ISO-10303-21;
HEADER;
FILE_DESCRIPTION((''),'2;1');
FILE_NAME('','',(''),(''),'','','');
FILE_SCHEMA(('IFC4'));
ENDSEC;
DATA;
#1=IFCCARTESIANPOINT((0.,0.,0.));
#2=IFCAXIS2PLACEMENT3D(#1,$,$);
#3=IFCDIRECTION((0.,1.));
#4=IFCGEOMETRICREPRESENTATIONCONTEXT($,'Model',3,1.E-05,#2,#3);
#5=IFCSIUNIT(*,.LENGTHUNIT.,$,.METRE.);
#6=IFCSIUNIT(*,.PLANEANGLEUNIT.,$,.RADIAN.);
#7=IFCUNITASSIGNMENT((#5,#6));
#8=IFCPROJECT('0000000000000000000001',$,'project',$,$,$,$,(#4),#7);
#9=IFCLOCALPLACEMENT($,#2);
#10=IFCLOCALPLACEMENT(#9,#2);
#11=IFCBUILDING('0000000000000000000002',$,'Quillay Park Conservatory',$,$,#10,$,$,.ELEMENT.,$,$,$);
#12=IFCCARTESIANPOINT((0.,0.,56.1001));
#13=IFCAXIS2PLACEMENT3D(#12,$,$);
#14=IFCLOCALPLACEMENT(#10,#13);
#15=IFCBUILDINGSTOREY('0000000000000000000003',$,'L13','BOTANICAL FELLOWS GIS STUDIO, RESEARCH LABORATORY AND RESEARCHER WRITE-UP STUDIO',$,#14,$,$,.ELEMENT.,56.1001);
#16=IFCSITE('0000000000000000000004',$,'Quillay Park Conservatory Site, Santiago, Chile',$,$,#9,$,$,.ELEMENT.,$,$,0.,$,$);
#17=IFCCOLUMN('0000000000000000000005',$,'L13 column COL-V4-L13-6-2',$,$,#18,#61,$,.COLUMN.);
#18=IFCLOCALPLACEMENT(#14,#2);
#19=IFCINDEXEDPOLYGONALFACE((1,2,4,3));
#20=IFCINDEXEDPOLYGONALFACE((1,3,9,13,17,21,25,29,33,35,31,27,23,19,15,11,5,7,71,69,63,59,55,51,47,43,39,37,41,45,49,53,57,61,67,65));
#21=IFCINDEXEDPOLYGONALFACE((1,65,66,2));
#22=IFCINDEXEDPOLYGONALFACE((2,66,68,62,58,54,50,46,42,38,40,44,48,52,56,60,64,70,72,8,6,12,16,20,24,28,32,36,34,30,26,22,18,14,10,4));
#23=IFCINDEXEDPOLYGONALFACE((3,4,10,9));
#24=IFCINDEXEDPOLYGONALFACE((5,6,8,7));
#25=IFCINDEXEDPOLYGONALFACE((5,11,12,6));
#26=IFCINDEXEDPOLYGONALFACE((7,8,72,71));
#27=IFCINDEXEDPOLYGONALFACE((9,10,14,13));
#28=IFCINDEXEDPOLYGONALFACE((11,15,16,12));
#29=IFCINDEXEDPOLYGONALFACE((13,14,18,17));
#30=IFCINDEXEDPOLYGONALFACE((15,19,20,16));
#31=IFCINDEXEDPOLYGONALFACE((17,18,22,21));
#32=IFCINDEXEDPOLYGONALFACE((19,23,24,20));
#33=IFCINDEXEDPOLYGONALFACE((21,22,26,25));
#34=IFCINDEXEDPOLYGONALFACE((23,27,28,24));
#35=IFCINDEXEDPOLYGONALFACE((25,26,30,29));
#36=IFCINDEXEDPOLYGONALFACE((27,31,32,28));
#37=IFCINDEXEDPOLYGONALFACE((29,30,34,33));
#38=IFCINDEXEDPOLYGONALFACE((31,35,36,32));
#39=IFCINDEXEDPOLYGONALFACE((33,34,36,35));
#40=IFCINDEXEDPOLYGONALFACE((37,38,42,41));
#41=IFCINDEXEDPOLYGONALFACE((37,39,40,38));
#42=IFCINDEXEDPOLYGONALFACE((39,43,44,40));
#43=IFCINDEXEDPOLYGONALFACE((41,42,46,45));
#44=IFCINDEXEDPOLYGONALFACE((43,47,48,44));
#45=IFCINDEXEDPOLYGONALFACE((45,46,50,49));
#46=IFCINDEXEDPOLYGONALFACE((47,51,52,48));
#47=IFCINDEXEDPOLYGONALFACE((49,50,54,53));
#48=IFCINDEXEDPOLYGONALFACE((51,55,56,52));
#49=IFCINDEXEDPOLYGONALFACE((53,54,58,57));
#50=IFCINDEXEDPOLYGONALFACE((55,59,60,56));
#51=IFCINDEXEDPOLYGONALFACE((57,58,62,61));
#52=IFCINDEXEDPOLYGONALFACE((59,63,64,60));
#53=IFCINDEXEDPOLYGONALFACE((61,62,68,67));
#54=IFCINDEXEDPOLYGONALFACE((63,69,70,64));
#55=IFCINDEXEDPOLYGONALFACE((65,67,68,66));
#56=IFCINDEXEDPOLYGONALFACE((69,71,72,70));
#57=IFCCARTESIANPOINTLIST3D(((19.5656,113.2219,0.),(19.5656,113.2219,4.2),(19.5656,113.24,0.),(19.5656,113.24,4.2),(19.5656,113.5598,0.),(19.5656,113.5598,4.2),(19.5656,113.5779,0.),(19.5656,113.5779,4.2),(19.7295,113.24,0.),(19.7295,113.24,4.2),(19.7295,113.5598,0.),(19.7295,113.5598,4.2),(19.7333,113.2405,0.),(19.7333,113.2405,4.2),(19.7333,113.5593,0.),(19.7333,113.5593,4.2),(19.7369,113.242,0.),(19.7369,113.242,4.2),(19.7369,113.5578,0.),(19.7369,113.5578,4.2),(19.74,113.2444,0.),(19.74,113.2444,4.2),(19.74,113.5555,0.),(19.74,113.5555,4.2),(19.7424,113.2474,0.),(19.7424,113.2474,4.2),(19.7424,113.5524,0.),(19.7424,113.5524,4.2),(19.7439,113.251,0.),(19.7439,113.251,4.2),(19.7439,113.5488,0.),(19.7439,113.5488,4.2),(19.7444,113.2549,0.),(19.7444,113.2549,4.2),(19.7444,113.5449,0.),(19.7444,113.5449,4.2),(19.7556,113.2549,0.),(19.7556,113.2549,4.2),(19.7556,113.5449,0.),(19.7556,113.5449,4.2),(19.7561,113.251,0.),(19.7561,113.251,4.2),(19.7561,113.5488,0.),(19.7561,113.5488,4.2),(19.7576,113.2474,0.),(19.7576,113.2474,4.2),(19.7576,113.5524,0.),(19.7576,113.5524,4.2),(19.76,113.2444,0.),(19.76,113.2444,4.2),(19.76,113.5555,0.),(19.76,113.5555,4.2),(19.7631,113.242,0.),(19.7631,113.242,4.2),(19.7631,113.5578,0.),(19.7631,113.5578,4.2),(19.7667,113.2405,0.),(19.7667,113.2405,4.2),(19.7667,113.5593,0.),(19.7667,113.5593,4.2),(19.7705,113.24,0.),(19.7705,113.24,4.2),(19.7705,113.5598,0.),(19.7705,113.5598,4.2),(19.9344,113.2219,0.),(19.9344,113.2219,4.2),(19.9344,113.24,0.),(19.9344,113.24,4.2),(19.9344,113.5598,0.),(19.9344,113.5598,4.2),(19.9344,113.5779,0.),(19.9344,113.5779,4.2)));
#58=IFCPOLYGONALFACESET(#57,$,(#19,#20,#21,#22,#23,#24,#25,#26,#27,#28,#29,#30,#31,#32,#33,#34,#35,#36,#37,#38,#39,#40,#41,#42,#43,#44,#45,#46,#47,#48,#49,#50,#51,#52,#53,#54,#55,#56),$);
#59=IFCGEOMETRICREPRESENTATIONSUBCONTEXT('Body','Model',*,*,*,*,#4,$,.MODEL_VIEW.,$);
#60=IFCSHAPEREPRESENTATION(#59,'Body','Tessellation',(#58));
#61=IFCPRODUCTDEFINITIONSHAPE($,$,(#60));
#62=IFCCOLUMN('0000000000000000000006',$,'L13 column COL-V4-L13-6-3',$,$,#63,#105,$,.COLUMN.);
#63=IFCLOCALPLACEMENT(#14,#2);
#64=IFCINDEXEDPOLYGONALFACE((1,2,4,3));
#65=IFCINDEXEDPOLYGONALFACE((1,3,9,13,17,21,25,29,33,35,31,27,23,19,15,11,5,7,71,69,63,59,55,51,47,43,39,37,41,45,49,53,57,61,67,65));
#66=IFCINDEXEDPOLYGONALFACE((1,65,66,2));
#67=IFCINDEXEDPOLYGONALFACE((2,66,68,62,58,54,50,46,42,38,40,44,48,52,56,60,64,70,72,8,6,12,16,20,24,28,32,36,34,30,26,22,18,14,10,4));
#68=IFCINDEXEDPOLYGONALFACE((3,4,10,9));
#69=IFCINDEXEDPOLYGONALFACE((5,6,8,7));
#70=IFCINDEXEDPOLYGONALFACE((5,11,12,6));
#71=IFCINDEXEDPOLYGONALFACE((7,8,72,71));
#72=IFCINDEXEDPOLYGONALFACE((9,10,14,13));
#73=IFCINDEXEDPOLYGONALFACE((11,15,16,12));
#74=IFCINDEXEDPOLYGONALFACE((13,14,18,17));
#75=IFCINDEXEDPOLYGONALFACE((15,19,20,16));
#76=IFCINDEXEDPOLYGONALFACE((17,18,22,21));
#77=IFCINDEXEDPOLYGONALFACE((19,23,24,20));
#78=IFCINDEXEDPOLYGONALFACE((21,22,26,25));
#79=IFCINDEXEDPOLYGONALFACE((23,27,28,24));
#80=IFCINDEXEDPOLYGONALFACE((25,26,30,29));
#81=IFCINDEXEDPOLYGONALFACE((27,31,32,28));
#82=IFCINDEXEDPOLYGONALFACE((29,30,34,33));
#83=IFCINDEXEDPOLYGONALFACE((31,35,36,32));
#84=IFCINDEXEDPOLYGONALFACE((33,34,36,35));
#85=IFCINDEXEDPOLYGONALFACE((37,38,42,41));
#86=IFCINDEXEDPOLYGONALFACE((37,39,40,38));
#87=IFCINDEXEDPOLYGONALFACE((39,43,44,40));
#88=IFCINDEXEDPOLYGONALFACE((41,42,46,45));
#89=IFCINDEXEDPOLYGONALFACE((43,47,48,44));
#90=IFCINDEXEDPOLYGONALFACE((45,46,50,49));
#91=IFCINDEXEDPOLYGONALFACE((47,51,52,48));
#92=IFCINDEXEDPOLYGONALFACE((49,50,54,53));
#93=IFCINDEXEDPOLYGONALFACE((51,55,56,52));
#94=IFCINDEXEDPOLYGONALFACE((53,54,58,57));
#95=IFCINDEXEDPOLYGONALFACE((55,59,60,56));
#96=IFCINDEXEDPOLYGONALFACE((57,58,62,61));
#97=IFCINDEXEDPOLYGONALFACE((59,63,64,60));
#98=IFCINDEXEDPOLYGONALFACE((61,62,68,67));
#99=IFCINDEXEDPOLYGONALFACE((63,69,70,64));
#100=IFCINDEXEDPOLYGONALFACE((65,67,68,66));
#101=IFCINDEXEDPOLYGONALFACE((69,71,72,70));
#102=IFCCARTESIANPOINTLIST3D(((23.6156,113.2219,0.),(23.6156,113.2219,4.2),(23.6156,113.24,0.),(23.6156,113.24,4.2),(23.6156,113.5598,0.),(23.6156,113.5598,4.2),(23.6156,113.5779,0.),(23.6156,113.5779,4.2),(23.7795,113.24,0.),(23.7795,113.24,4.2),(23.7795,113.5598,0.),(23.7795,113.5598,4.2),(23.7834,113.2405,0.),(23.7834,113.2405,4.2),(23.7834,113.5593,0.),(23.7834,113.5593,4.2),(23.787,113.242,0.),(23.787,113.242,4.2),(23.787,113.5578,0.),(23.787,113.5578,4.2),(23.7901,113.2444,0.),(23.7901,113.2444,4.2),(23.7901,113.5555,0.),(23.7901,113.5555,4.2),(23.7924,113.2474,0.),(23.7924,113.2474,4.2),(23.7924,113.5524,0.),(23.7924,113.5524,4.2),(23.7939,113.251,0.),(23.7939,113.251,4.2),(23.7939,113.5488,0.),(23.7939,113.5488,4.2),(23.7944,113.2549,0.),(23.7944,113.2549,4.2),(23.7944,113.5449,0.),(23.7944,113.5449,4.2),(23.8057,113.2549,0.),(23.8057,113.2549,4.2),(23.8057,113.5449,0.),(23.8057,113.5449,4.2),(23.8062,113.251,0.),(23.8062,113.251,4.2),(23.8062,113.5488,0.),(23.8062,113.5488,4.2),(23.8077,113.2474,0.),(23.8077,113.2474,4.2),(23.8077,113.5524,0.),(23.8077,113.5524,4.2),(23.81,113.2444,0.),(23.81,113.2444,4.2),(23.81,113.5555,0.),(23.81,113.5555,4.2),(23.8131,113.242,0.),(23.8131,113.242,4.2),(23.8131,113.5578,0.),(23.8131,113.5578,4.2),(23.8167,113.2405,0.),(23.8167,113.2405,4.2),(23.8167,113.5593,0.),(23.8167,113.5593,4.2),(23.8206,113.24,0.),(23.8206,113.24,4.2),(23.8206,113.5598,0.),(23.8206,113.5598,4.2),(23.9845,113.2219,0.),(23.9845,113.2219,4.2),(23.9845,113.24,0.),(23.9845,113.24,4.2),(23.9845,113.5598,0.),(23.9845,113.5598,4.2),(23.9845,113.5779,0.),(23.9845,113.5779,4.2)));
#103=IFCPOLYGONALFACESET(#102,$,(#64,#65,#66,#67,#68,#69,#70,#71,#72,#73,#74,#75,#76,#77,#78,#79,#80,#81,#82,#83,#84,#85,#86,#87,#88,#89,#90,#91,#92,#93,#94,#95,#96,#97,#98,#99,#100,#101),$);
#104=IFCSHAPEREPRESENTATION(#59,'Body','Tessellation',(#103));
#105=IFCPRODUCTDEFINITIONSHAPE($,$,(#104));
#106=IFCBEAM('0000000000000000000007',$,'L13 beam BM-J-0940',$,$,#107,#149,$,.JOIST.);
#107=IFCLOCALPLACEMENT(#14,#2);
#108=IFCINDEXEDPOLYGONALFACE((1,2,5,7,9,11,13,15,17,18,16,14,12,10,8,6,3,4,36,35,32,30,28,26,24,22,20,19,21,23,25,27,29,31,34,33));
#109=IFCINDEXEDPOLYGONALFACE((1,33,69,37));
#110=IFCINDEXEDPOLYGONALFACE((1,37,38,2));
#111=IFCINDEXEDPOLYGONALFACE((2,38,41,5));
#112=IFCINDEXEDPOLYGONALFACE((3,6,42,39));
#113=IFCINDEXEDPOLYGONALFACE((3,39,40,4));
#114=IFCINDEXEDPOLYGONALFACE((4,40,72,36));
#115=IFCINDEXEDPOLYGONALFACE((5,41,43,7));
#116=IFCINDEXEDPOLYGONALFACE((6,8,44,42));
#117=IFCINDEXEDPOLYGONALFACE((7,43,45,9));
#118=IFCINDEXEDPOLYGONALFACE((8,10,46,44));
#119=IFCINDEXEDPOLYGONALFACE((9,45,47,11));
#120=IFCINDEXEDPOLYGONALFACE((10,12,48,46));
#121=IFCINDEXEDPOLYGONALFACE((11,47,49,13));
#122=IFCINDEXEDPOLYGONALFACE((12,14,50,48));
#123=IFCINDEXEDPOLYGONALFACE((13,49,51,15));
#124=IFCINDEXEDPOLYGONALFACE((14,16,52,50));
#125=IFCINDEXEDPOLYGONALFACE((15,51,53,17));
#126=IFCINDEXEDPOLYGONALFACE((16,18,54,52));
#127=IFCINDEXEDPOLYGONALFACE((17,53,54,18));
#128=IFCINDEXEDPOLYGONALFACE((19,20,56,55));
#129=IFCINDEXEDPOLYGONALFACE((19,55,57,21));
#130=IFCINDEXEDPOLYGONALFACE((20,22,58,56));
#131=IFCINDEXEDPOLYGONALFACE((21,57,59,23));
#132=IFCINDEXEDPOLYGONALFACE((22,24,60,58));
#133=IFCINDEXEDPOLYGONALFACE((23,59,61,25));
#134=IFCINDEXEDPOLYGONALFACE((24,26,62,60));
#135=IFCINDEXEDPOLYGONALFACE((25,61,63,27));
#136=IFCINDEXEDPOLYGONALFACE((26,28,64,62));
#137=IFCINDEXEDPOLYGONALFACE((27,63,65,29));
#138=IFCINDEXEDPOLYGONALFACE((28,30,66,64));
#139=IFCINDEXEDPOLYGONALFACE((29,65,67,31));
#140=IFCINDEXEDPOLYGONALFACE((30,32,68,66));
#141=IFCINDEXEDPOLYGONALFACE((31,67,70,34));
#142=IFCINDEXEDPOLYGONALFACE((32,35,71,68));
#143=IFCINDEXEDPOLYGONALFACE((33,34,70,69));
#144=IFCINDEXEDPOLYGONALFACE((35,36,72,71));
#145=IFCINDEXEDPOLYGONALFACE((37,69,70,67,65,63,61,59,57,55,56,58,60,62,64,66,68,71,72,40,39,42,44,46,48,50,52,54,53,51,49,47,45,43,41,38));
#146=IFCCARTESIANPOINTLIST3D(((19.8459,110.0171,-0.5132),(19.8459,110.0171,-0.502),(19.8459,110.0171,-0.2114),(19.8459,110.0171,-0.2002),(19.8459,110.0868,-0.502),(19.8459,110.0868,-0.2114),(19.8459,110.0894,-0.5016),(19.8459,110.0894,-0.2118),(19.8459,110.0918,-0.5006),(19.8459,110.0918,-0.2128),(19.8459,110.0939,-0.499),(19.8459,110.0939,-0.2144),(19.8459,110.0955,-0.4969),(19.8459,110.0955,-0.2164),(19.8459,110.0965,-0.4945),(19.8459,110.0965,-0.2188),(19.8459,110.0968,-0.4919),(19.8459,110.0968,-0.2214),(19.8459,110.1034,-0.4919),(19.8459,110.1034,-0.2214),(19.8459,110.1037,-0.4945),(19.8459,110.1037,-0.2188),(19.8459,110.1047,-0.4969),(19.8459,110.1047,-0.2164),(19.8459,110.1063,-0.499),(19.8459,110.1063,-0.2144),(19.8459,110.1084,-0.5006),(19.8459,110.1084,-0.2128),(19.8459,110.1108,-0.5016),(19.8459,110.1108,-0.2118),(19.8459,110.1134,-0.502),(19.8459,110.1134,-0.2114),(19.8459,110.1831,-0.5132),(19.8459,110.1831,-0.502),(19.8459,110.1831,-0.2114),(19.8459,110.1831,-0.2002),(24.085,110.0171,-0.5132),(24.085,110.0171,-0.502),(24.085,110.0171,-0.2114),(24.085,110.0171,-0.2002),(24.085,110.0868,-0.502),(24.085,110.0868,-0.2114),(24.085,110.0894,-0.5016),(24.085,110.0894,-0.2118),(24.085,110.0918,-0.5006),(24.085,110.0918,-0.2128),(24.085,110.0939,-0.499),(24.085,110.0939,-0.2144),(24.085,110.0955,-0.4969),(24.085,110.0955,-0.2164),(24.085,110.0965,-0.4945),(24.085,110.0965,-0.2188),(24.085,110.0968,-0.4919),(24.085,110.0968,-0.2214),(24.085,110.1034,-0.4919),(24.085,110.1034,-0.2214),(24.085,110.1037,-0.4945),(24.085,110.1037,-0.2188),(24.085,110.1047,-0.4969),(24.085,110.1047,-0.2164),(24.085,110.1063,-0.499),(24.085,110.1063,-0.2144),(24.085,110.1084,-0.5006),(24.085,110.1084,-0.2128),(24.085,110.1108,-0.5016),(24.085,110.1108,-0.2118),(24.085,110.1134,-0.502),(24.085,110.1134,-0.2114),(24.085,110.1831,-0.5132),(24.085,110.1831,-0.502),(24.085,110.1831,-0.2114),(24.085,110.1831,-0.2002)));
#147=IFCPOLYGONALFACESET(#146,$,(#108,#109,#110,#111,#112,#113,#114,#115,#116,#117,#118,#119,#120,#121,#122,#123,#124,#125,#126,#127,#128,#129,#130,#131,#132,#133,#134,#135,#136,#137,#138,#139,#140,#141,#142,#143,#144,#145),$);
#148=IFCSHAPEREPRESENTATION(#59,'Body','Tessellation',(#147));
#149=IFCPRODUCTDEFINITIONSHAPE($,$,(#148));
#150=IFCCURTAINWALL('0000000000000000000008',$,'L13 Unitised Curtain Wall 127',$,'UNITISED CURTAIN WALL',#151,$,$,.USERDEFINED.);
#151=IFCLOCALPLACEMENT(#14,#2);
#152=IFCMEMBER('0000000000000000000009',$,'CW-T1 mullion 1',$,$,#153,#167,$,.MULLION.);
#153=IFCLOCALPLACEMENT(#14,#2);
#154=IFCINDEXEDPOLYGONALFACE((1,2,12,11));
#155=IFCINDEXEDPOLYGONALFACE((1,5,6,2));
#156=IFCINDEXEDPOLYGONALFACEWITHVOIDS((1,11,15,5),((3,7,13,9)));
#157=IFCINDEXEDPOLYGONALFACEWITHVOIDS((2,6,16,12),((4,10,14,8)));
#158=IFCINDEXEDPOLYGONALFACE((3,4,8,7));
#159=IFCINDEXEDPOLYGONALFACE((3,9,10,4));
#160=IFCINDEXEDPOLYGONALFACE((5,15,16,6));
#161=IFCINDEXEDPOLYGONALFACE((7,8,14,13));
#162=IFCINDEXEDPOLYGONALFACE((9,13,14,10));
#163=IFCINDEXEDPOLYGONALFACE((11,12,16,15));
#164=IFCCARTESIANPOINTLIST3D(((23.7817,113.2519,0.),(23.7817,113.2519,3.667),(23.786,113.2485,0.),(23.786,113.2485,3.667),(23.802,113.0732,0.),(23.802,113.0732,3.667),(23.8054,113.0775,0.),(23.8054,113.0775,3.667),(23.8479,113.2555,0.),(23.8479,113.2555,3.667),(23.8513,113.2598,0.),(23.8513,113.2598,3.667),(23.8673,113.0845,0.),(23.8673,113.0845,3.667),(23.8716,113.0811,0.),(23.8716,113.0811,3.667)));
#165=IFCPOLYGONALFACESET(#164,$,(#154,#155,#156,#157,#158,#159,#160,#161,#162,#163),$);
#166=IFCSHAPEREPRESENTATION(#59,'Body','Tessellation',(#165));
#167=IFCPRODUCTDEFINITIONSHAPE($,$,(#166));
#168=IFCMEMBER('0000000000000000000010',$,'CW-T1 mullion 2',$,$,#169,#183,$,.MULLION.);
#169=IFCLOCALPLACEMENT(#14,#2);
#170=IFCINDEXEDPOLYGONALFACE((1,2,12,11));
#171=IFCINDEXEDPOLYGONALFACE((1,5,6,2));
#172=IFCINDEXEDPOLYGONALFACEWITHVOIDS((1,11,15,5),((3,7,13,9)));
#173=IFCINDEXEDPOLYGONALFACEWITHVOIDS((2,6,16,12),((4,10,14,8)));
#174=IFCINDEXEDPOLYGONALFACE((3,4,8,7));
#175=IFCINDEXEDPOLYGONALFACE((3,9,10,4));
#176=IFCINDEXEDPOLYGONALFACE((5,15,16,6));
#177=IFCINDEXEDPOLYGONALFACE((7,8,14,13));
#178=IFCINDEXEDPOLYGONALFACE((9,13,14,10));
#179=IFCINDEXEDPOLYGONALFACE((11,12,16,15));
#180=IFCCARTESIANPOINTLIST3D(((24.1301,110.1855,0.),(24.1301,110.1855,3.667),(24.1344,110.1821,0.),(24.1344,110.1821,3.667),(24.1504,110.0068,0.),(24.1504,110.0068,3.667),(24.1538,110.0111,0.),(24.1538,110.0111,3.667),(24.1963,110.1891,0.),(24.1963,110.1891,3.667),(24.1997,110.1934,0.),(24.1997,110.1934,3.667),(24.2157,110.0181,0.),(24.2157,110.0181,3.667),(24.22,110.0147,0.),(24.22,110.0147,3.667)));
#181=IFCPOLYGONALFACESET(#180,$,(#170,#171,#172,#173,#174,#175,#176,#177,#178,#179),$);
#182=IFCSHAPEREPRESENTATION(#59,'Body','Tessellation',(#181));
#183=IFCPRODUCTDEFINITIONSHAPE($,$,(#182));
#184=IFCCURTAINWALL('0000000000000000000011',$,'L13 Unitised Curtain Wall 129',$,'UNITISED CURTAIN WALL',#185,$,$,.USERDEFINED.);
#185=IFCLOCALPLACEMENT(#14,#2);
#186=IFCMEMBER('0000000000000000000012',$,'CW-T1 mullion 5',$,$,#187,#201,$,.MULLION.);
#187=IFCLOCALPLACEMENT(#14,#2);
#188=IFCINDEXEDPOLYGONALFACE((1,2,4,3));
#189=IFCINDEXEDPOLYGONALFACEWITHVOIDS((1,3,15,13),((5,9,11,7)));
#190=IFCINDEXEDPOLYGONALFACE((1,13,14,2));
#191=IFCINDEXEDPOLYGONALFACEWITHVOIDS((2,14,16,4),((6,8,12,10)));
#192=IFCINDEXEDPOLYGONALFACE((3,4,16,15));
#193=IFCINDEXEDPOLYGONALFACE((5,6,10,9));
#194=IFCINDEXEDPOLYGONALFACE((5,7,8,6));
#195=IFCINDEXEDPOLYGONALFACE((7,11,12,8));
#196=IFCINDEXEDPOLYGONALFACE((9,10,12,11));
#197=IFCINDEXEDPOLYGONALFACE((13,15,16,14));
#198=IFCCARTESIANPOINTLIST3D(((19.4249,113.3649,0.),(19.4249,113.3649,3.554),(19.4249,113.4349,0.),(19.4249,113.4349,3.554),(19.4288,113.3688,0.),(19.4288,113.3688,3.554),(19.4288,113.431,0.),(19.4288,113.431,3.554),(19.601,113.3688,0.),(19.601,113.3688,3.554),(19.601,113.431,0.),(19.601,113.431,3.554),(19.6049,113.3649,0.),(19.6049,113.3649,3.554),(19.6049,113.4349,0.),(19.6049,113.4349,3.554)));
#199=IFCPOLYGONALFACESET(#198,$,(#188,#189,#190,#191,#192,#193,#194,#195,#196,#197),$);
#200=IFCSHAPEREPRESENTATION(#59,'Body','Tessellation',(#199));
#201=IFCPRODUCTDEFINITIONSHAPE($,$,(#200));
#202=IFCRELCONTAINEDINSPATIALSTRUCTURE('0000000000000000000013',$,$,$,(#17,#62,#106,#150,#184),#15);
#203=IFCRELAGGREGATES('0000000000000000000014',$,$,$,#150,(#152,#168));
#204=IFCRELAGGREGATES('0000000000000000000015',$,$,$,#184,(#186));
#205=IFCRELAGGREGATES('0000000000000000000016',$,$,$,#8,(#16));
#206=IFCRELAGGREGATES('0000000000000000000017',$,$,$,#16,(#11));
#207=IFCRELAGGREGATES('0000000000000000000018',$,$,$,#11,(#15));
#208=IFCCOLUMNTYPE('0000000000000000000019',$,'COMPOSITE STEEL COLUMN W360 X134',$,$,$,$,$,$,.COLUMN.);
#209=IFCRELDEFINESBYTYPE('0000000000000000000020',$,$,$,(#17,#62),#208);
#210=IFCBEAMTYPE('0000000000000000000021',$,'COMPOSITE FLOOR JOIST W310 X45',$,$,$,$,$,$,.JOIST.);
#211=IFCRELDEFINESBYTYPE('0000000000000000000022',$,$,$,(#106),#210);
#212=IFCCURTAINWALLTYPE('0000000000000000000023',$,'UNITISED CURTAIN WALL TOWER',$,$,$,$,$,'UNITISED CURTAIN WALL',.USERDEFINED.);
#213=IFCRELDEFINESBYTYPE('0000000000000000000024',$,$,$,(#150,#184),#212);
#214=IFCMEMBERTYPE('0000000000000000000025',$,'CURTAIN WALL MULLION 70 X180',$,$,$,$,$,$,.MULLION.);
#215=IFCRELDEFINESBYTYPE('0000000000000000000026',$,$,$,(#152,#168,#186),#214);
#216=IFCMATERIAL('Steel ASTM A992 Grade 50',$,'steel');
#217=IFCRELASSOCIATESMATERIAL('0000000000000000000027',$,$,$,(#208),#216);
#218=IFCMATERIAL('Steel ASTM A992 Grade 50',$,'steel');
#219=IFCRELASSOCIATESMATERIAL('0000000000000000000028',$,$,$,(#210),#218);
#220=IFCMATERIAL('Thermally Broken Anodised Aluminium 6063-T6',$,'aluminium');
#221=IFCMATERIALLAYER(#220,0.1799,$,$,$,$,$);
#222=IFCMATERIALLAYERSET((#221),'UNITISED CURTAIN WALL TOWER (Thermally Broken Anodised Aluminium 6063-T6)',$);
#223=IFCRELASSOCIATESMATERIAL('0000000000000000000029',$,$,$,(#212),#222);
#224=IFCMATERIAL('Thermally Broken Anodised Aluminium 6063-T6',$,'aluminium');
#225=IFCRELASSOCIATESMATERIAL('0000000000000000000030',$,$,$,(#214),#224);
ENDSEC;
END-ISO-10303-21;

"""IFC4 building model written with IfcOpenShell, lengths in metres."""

from ifc_helpers import new_model, si_unit, direction, frame, origin, origin_2d, place, context, subcontext, project, spatial, hollow_rectangle, i_section, extrude, material, layer, layer_set, material_profile, profile_set, type_object, element, aggregate, save


model = new_model("IFC4")

# Units and contexts
model_context = context("Model", 3, precision=1e-05, world=origin(), true_north=direction((0.0, 1.0)))
body_context = subcontext(model_context, "Body", "Model", "MODEL_VIEW")
ifc_project = project(units=[si_unit("LENGTHUNIT", "METRE"), si_unit("PLANEANGLEUNIT", "RADIAN")], contexts=[model_context])

# Site, building, storey
site_placement = place(None, origin())
site = spatial("IfcSite", under=ifc_project, at=site_placement, Name="Quillay Park Conservatory Site, Santiago, Chile", CompositionType="ELEMENT", RefElevation=0.0)
building_placement = place(site_placement, origin())
building = spatial("IfcBuilding", under=site, at=building_placement, Name="Quillay Park Conservatory", CompositionType="ELEMENT")
storey_placement = place(building_placement, frame((0.0, 0.0, 56.1001)))
storey = spatial("IfcBuildingStorey", under=building, at=storey_placement, Name="L13", Description="BOTANICAL FELLOWS GIS STUDIO, RESEARCH LABORATORY AND RESEARCHER WRITE-UP STUDIO", CompositionType="ELEMENT", Elevation=56.1001)

# Columns
ifc_material_1 = material(Name="Steel ASTM A992 Grade 50", Category="steel")
ifc_material_profile_1 = material_profile(ifc_material_1, i_section(OverallWidth=0.3689, OverallDepth=0.356, WebThickness=0.0112, FlangeThickness=0.0181, FilletRadius=0.0149, at=origin_2d()), Name="W360x134")
ifc_profile_set_1 = profile_set([ifc_material_profile_1], Name="Steel ASTM A992 Grade 50")
column_type = type_object("IfcColumnType", Name="COMPOSITE STEEL COLUMN W360 X134", PredefinedType="COLUMN", material=ifc_profile_set_1)
for number, where, z_axis, x_axis, name in (
    (1, (19.75, 113.3999, 0.0), (0.0, 0.0, 1.0), (1.0, 0.0, 0.0), "L13 column COL-V4-L13-6-2"),
    (2, (23.8, 113.3999, 0.0), (0.0, 0.0, 1.0), (1.0, 0.0, 0.0), "L13 column COL-V4-L13-6-3"),
):
    element("IfcColumn", number, at=place(storey_placement, frame(where, z_axis=z_axis, x_axis=x_axis)), inside=storey, type_object=column_type, Name=name, PredefinedType="COLUMN", context=body_context, shape_type="SweptSolid", body=[
        extrude(i_section(OverallWidth=0.3689, OverallDepth=0.356, WebThickness=0.0112, FlangeThickness=0.0181, FilletRadius=0.0149, at=origin_2d()), origin(), (0.0, 0.0, 1.0), 4.2),
    ])

# Beam
ifc_material_2 = material(Name="Steel ASTM A992 Grade 50", Category="steel")
ifc_material_profile_2 = material_profile(ifc_material_2, i_section(OverallWidth=0.166, OverallDepth=0.313, WebThickness=0.0066, FlangeThickness=0.0112, FilletRadius=0.01, at=origin_2d()), Name="W310x45")
ifc_profile_set_2 = profile_set([ifc_material_profile_2], Name="Steel ASTM A992 Grade 50")
beam_type_1 = type_object("IfcBeamType", Name="COMPOSITE FLOOR JOIST W310 X45", PredefinedType="JOIST", material=ifc_profile_set_2)
beam_1_placement = place(storey_placement, frame((19.8459, 110.1001, -0.3567), z_axis=(1.0, 0.0, 0.0), x_axis=(0.0, 1.0, 0.0)))
element("IfcBeam", 3, at=beam_1_placement, inside=storey, type_object=beam_type_1, Name="L13 beam BM-J-0940", PredefinedType="JOIST", context=body_context, shape_type="SweptSolid", body=[
    extrude(i_section(OverallWidth=0.166, OverallDepth=0.313, WebThickness=0.0066, FlangeThickness=0.0112, FilletRadius=0.01, at=origin_2d()), origin(), (0.0, 0.0, 1.0), 4.239),
])

# Curtain wall, members
ifc_material_3 = material(Name="Thermally Broken Anodised Aluminium 6063-T6", Category="aluminium")
ifc_layer_1 = layer(ifc_material_3, 0.1799)
ifc_layer_set_1 = layer_set([ifc_layer_1], Name="UNITISED CURTAIN WALL TOWER (Thermally Broken Anodised Aluminium 6063-T6)")
curtain_wall_type = type_object("IfcCurtainWallType", Name="UNITISED CURTAIN WALL TOWER", ElementType="UNITISED CURTAIN WALL", PredefinedType="USERDEFINED", material=ifc_layer_set_1)
curtain_wall_1_placement = place(storey_placement, origin())
curtain_wall_1 = element("IfcCurtainWall", 4, at=curtain_wall_1_placement, inside=storey, type_object=curtain_wall_type, Name="L13 Unitised Curtain Wall 127", ObjectType="UNITISED CURTAIN WALL", PredefinedType="USERDEFINED")
ifc_material_4 = material(Name="Thermally Broken Anodised Aluminium 6063-T6", Category="aluminium")
ifc_material_profile_3 = material_profile(ifc_material_4, hollow_rectangle(XDim=0.0701, YDim=0.1799, WallThickness=0.0039, at=origin_2d()), Name="AL70x180x4")
ifc_profile_set_3 = profile_set([ifc_material_profile_3], Name="Thermally Broken Anodised Aluminium 6063-T6")
member_type_1 = type_object("IfcMemberType", Name="CURTAIN WALL MULLION 70 X180", PredefinedType="MULLION", material=ifc_profile_set_3)
member_1_placement = place(storey_placement, frame((23.8267, 113.1665, 0.0), z_axis=(0.0, 0.0, 1.0), x_axis=(0.993606, 0.112903, 0.0)))
member_1 = element("IfcMember", 5, at=member_1_placement, type_object=member_type_1, Name="CW-T1 mullion 1", PredefinedType="MULLION", context=body_context, shape_type="SweptSolid", body=[
    extrude(hollow_rectangle(XDim=0.0701, YDim=0.1799, WallThickness=0.0039, at=origin_2d()), origin(), (0.0, 0.0, 1.0), 3.667),
])
member_2_placement = place(storey_placement, frame((24.175, 110.1001, 0.0), z_axis=(0.0, 0.0, 1.0), x_axis=(0.993606, 0.112903, 0.0)))
member_2 = element("IfcMember", 6, at=member_2_placement, type_object=member_type_1, Name="CW-T1 mullion 2", PredefinedType="MULLION", context=body_context, shape_type="SweptSolid", body=[
    extrude(hollow_rectangle(XDim=0.0701, YDim=0.1799, WallThickness=0.0039, at=origin_2d()), origin(), (0.0, 0.0, 1.0), 3.667),
])

# Curtain wall, member
curtain_wall_2_placement = place(storey_placement, origin())
curtain_wall_2 = element("IfcCurtainWall", 7, at=curtain_wall_2_placement, inside=storey, type_object=curtain_wall_type, Name="L13 Unitised Curtain Wall 129", ObjectType="UNITISED CURTAIN WALL", PredefinedType="USERDEFINED")
member_3_placement = place(storey_placement, frame((19.5149, 113.3999, 0.0), z_axis=(0.0, 0.0, 1.0), x_axis=(0.0, 1.0, 0.0)))
member_3 = element("IfcMember", 8, at=member_3_placement, type_object=member_type_1, Name="CW-T1 mullion 5", PredefinedType="MULLION", context=body_context, shape_type="SweptSolid", body=[
    extrude(hollow_rectangle(XDim=0.0701, YDim=0.1799, WallThickness=0.0039, at=origin_2d()), origin(), (0.0, 0.0, 1.0), 3.554),
])

aggregate(curtain_wall_1, [member_1, member_2])
aggregate(curtain_wall_2, [member_3])

save(model, "model.ifc")
